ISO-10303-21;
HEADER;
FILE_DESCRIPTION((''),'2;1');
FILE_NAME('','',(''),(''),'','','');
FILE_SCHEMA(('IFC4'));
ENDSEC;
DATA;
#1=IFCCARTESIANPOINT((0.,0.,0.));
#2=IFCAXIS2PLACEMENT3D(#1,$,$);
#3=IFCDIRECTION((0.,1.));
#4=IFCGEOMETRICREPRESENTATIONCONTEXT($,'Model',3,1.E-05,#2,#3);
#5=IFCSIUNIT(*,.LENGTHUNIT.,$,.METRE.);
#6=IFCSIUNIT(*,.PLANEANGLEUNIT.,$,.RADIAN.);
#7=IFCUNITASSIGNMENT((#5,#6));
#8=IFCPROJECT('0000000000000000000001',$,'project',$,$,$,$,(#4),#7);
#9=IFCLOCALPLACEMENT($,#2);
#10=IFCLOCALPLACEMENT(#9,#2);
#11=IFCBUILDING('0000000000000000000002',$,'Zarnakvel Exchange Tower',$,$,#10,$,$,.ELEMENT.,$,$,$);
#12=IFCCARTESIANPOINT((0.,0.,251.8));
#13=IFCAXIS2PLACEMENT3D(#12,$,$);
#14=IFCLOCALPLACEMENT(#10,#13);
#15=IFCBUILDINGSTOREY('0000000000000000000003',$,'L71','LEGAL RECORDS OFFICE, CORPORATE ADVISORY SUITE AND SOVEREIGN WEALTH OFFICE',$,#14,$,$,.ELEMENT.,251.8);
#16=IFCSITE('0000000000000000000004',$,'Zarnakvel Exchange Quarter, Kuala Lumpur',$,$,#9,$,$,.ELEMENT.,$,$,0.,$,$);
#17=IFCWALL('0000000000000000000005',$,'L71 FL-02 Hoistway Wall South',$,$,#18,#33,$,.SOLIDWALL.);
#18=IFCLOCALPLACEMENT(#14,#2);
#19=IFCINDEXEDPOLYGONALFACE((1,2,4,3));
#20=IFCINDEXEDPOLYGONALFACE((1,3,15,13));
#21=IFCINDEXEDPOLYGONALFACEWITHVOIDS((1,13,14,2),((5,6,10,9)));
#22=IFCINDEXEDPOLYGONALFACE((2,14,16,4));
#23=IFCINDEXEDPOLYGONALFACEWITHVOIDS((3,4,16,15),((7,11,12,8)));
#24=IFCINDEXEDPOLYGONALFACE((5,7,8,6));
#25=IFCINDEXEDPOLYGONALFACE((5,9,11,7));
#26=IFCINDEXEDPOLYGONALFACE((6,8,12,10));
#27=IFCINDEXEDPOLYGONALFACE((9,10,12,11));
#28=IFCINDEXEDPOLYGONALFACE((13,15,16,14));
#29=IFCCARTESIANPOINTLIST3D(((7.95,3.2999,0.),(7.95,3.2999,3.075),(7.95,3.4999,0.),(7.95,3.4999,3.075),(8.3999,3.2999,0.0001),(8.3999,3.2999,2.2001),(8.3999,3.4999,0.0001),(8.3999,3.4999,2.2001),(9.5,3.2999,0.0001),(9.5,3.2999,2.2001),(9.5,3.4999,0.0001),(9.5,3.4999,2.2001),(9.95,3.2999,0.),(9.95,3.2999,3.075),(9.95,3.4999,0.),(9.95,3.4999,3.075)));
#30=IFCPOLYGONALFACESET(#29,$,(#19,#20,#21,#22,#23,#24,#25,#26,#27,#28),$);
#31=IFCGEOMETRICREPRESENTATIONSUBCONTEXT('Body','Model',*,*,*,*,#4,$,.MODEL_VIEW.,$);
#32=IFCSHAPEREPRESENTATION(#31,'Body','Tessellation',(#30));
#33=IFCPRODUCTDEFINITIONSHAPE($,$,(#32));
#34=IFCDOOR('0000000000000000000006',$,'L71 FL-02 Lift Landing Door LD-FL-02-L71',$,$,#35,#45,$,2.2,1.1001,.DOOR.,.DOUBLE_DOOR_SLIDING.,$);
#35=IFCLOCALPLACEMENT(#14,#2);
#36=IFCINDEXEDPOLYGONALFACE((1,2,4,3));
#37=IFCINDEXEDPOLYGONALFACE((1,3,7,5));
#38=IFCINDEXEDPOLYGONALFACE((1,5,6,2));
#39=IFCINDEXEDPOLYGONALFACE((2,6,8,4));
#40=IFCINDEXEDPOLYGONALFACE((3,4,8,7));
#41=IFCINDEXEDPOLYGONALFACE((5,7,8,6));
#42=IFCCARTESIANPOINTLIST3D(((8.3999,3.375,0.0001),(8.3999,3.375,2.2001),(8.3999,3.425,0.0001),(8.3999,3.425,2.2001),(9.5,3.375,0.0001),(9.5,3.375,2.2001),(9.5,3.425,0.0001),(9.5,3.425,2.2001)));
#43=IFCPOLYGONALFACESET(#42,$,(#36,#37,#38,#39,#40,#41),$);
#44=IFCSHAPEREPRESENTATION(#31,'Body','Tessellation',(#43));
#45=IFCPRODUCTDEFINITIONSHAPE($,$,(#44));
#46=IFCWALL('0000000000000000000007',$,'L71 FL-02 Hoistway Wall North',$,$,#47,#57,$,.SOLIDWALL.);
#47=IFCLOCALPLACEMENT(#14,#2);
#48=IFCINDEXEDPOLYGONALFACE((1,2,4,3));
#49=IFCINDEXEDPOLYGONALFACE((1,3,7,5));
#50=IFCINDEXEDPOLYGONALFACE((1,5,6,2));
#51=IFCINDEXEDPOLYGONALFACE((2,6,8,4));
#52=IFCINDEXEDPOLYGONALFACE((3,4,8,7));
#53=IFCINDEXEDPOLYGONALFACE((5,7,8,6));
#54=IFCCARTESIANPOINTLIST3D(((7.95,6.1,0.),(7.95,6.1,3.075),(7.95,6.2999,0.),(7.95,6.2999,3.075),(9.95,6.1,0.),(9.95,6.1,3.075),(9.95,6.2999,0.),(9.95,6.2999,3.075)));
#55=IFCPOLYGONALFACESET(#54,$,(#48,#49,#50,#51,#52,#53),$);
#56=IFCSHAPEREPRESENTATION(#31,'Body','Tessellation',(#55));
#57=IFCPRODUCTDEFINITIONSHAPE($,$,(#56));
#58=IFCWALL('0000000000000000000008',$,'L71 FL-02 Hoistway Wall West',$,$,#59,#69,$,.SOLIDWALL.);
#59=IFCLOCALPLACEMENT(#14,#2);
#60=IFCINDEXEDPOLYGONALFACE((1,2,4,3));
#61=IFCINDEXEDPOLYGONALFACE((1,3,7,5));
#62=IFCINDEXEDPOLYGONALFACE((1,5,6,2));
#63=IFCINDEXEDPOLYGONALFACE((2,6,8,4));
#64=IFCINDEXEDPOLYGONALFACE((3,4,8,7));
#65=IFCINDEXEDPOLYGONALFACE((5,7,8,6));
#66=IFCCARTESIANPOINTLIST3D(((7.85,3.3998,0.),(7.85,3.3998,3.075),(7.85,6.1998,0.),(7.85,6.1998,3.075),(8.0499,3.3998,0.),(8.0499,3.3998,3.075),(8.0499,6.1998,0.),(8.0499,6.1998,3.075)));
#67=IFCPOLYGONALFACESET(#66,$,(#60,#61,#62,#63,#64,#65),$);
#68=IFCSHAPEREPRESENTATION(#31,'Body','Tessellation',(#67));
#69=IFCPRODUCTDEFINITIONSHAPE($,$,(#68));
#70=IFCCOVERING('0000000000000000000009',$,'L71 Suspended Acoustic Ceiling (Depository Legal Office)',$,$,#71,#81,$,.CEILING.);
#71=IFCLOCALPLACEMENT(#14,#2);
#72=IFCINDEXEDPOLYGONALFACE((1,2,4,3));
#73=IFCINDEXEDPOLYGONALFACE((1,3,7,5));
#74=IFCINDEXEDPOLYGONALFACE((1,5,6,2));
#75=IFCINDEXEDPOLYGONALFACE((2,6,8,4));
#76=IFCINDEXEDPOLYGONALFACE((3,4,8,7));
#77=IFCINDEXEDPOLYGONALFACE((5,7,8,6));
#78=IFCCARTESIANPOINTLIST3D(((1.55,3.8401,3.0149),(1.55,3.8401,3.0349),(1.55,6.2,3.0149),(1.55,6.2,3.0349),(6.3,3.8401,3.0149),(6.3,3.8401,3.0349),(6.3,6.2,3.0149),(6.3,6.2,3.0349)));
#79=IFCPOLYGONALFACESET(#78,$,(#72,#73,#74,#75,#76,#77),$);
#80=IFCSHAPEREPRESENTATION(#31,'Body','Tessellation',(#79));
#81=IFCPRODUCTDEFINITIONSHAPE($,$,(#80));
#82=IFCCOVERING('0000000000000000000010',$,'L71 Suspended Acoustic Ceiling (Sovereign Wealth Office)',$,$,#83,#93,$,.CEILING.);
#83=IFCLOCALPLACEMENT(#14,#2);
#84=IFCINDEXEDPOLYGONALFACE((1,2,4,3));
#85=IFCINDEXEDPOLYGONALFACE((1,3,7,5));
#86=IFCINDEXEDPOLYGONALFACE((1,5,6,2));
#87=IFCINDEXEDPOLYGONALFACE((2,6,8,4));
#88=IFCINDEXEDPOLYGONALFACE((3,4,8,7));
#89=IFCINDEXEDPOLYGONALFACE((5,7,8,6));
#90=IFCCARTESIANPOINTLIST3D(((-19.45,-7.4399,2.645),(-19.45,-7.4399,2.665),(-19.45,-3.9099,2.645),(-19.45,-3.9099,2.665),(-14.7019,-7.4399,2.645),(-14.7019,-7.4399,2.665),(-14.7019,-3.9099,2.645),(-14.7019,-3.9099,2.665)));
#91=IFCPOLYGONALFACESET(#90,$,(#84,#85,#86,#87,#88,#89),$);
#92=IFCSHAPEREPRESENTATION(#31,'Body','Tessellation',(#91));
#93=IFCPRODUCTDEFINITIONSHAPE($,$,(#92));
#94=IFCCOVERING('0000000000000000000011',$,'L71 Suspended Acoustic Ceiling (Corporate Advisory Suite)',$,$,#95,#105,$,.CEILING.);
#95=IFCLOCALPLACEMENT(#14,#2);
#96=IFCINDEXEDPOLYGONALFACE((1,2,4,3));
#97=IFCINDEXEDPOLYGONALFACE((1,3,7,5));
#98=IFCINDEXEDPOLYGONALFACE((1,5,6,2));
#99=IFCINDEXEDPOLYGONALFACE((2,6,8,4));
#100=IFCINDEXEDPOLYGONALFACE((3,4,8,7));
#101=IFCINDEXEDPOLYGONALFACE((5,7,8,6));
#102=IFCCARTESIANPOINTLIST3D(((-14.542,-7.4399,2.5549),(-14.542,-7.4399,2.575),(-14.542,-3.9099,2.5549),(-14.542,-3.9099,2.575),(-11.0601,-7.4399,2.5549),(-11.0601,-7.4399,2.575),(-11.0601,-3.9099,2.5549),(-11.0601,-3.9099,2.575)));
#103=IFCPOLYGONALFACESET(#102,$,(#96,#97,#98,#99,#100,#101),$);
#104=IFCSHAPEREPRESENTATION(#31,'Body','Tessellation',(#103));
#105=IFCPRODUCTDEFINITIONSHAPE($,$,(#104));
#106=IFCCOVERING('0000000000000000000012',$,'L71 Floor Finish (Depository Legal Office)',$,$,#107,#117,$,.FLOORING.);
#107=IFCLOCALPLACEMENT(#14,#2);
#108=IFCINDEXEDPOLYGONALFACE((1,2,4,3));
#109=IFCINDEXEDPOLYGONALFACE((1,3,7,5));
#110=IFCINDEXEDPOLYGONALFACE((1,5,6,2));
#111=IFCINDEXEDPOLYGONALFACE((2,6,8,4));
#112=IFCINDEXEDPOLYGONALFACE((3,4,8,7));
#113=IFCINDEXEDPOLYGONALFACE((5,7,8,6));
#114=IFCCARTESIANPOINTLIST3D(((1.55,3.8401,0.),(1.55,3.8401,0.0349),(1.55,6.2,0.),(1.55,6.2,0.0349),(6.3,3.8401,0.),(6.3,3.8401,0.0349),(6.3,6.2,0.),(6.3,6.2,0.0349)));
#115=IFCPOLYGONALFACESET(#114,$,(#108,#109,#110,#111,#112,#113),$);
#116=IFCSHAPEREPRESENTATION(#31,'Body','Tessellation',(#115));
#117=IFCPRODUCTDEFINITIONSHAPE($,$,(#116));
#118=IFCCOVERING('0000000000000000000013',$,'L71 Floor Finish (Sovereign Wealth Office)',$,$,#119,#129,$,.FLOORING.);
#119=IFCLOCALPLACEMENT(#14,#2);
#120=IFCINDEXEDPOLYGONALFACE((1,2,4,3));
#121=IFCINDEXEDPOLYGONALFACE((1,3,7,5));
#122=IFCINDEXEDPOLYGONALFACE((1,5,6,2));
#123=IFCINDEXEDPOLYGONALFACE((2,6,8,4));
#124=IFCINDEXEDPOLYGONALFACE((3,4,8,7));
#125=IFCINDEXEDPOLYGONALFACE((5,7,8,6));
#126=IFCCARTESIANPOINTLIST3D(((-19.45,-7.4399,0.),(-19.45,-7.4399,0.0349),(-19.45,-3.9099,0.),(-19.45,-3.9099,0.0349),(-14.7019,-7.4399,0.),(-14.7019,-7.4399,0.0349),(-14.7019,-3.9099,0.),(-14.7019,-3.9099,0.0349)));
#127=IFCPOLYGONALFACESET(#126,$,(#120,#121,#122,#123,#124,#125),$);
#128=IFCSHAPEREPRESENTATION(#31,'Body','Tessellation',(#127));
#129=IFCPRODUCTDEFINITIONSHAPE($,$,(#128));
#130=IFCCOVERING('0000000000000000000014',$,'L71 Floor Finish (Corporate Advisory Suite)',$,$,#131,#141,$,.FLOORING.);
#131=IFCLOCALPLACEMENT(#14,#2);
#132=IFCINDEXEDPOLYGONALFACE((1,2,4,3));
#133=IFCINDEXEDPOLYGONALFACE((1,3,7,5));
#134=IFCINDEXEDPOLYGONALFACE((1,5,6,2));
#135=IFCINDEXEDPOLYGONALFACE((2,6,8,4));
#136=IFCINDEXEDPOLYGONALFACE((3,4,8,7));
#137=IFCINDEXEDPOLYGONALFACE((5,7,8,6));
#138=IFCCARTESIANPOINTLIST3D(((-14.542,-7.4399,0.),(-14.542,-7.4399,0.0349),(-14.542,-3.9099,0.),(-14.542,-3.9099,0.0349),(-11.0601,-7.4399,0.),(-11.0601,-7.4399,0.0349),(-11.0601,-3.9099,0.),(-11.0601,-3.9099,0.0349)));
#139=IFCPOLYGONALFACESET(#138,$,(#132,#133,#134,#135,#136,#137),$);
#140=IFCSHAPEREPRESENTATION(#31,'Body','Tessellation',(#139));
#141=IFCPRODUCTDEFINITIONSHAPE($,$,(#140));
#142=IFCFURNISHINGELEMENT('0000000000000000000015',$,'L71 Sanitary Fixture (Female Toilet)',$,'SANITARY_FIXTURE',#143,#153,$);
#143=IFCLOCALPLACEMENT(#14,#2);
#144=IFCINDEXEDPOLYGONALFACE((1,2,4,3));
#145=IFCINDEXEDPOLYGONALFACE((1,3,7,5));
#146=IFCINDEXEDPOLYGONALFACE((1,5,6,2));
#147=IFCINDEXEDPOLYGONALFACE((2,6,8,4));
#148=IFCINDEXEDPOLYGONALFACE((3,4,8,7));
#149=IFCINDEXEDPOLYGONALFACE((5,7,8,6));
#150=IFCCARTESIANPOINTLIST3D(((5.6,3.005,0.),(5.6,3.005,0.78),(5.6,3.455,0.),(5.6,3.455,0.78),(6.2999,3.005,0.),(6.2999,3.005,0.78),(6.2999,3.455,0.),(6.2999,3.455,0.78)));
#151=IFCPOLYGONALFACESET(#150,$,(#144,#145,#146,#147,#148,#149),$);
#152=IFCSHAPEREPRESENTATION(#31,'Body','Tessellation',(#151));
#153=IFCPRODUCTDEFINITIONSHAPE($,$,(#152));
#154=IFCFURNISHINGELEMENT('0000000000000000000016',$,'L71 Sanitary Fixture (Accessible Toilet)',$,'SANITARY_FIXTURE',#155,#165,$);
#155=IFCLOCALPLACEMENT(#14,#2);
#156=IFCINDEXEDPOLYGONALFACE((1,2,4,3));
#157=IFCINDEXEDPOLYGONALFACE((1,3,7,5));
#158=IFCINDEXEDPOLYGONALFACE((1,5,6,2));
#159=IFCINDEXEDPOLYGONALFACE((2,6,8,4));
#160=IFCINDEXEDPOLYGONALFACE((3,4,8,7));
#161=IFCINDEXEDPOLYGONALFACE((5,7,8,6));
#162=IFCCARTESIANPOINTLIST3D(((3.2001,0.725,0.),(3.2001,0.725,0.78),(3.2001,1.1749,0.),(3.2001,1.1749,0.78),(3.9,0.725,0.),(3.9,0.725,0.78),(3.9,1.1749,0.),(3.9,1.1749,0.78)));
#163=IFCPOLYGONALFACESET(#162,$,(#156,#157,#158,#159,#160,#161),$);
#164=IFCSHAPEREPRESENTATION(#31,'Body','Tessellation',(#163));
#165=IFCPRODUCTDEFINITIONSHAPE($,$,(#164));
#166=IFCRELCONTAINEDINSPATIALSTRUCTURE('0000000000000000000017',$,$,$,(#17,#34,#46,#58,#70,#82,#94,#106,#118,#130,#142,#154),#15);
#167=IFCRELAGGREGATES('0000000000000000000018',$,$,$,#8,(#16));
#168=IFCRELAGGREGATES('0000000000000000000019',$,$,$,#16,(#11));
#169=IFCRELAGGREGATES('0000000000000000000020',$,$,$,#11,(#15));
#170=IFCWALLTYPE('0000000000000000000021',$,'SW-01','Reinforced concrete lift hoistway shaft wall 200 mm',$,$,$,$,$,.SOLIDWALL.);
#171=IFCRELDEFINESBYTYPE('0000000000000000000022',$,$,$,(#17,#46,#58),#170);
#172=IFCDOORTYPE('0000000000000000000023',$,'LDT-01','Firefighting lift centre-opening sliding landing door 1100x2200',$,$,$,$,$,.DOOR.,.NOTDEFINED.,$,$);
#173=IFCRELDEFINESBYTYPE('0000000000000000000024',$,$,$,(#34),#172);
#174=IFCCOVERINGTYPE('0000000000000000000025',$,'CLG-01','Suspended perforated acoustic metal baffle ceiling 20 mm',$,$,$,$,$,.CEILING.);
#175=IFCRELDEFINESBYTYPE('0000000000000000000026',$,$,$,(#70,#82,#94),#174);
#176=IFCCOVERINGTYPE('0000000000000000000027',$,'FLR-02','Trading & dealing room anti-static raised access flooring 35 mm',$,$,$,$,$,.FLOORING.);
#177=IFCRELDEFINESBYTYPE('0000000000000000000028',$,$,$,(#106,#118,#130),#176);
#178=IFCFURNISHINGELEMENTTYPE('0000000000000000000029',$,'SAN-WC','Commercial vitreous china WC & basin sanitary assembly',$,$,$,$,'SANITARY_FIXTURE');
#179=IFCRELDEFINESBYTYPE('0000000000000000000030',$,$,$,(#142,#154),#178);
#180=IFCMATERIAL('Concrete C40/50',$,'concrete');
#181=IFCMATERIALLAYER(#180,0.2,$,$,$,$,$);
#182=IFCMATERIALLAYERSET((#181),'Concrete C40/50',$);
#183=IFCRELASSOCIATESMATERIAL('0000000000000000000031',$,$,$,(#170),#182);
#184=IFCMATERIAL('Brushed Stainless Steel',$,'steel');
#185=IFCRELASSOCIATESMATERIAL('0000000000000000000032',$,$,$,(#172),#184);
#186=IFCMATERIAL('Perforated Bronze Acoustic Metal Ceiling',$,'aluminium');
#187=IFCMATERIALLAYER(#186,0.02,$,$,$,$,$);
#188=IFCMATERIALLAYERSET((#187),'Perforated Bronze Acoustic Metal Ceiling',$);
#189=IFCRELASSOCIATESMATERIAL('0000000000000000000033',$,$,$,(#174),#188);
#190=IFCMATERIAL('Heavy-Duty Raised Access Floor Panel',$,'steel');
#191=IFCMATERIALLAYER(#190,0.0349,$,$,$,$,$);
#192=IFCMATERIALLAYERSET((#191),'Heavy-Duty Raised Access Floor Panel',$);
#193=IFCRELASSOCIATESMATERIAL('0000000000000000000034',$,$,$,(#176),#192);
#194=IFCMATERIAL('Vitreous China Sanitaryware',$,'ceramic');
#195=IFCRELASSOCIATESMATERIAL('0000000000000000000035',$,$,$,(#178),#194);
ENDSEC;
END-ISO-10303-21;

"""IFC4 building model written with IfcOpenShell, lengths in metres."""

from ifc_helpers import new_model, si_unit, direction, frame, frame_2d, origin, origin_2d, place, context, subcontext, project, spatial, polyline, rectangle, outline, extrude, source, transform, mapped, material, layer, layer_set, type_object, element, fill, save


model = new_model("IFC4")

# Units and contexts
model_context = context("Model", 3, precision=1e-05, world=origin(), true_north=direction((0.0, 1.0)))
body_context = subcontext(model_context, "Body", "Model", "MODEL_VIEW")
ifc_project = project(units=[si_unit("LENGTHUNIT", "METRE"), si_unit("PLANEANGLEUNIT", "RADIAN")], contexts=[model_context])

# Site, building, storey
site_placement = place(None, origin())
site = spatial("IfcSite", under=ifc_project, at=site_placement, Name="Zarnakvel Exchange Quarter, Kuala Lumpur", CompositionType="ELEMENT", RefElevation=0.0)
building_placement = place(site_placement, origin())
building = spatial("IfcBuilding", under=site, at=building_placement, Name="Zarnakvel Exchange Tower", CompositionType="ELEMENT")
storey_placement = place(building_placement, frame((0.0, 0.0, 251.8)))
storey = spatial("IfcBuildingStorey", under=building, at=storey_placement, Name="L71", Description="LEGAL RECORDS OFFICE, CORPORATE ADVISORY SUITE AND SOVEREIGN WEALTH OFFICE", CompositionType="ELEMENT", Elevation=251.8)

# Wall, opening, door
ifc_material_1 = material(Name="Concrete C40/50", Category="concrete")
ifc_layer_1 = layer(ifc_material_1, 0.2)
ifc_layer_set_1 = layer_set([ifc_layer_1], Name="Concrete C40/50")
wall_type_1 = type_object("IfcWallType", Name="SW-01", Description="Reinforced concrete lift hoistway shaft wall 200 mm", PredefinedType="SOLIDWALL", material=ifc_layer_set_1)
wall_1_placement = place(storey_placement, frame((9.95, 3.3999, 0.0), z_axis=(0.0, 0.0, 1.0), x_axis=(-1.0, 0.0, 0.0)))
wall_1 = element("IfcWall", 1, at=wall_1_placement, inside=storey, type_object=wall_type_1, Name="L71 FL-02 Hoistway Wall South", PredefinedType="SOLIDWALL", context=body_context, shape_type="SweptSolid", body=[
    extrude(rectangle(XDim=2.0, YDim=0.2, at=frame_2d((1.0, 0.0))), origin(), (0.0, 0.0, 1.0), 3.075),
])
opening_1_placement = place(wall_1_placement, frame((0.45, 0.0, 0.0)))
opening_1 = element("IfcOpeningElement", 2, at=opening_1_placement, cuts=wall_1, PredefinedType="OPENING", context=body_context, shape_type="SweptSolid", body=[
    extrude(rectangle(XDim=1.1001, YDim=2.2, at=frame_2d((0.55, 1.1001))), frame((0.0, 0.1099, 0.0), z_axis=(0.0, -1.0, 0.0), x_axis=(1.0, 0.0, 0.0)), (0.0, 0.0, 1.0), 0.22),
])
ifc_material_2 = material(Name="Brushed Stainless Steel", Category="steel")
door_type_1 = type_object("IfcDoorType", Name="LDT-01", Description="Firefighting lift centre-opening sliding landing door 1100x2200", OperationType="NOTDEFINED", PredefinedType="DOOR", material=ifc_material_2)
shared_shape_1 = source(origin(), body_context, "Body", "SweptSolid", [
    extrude(rectangle(XDim=1.1001, YDim=2.2, at=frame_2d((0.55, 1.1001))), frame((0.0, 0.0249, 0.0), z_axis=(0.0, -1.0, 0.0), x_axis=(1.0, 0.0, 0.0)), (0.0, 0.0, 1.0), 0.05),
])
door_1_placement = place(opening_1_placement, origin())
door_1 = element("IfcDoor", 3, at=door_1_placement, inside=storey, type_object=door_type_1, Name="L71 FL-02 Lift Landing Door LD-FL-02-L71", OperationType="DOUBLE_DOOR_SLIDING", OverallHeight=2.2, OverallWidth=1.1001, PredefinedType="DOOR", context=body_context, shape_type="MappedRepresentation", body=[
    mapped(shared_shape_1, transform((0.0, 0.0, 0.0), x_axis=(1.0, 0.0, 0.0), y_axis=(0.0, 1.0, 0.0), z_axis=(0.0, 0.0, 1.0), scale=1.0)),
])
fill(opening_1, door_1)

# Walls
wall_2_placement = place(storey_placement, frame((7.95, 6.2, 0.0), z_axis=(0.0, 0.0, 1.0), x_axis=(1.0, 0.0, 0.0)))
element("IfcWall", 4, at=wall_2_placement, inside=storey, type_object=wall_type_1, Name="L71 FL-02 Hoistway Wall North", PredefinedType="SOLIDWALL", context=body_context, shape_type="SweptSolid", body=[
    extrude(rectangle(XDim=2.0, YDim=0.2, at=frame_2d((1.0, 0.0))), origin(), (0.0, 0.0, 1.0), 3.075),
])
wall_3_placement = place(storey_placement, frame((7.95, 3.3999, 0.0), z_axis=(0.0, 0.0, 1.0), x_axis=(0.0, 1.0, 0.0)))
element("IfcWall", 5, at=wall_3_placement, inside=storey, type_object=wall_type_1, Name="L71 FL-02 Hoistway Wall West", PredefinedType="SOLIDWALL", context=body_context, shape_type="SweptSolid", body=[
    extrude(rectangle(XDim=2.8, YDim=0.2, at=frame_2d((1.3999, 0.0))), origin(), (0.0, 0.0, 1.0), 3.075),
])

# Coverings
ifc_material_3 = material(Name="Perforated Bronze Acoustic Metal Ceiling", Category="aluminium")
ifc_layer_2 = layer(ifc_material_3, 0.02)
ifc_layer_set_2 = layer_set([ifc_layer_2], Name="Perforated Bronze Acoustic Metal Ceiling")
covering_type_1 = type_object("IfcCoveringType", Name="CLG-01", Description="Suspended perforated acoustic metal baffle ceiling 20 mm", PredefinedType="CEILING", material=ifc_layer_set_2)
covering_1_placement = place(storey_placement, frame((0.0, 0.0, 3.0149)))
element("IfcCovering", 6, at=covering_1_placement, inside=storey, type_object=covering_type_1, Name="L71 Suspended Acoustic Ceiling (Depository Legal Office)", PredefinedType="CEILING", context=body_context, shape_type="SweptSolid", body=[
    extrude(outline(polyline([(1.55, 6.2), (6.3, 6.2), (6.3, 3.8401), (1.55, 3.8401), (1.55, 6.2)])), origin(), (0.0, 0.0, 1.0), 0.02),
])
covering_2_placement = place(storey_placement, frame((0.0, 0.0, 2.645)))
element("IfcCovering", 7, at=covering_2_placement, inside=storey, type_object=covering_type_1, Name="L71 Suspended Acoustic Ceiling (Sovereign Wealth Office)", PredefinedType="CEILING", context=body_context, shape_type="SweptSolid", body=[
    extrude(outline(polyline([(-19.45, -3.9099), (-14.7019, -3.9099), (-14.7019, -7.4399), (-19.45, -7.4399), (-19.45, -3.9099)])), origin(), (0.0, 0.0, 1.0), 0.02),
])
covering_3_placement = place(storey_placement, frame((0.0, 0.0, 2.5549)))
element("IfcCovering", 8, at=covering_3_placement, inside=storey, type_object=covering_type_1, Name="L71 Suspended Acoustic Ceiling (Corporate Advisory Suite)", PredefinedType="CEILING", context=body_context, shape_type="SweptSolid", body=[
    extrude(outline(polyline([(-14.542, -3.9099), (-11.0601, -3.9099), (-11.0601, -7.4399), (-14.542, -7.4399), (-14.542, -3.9099)])), origin(), (0.0, 0.0, 1.0), 0.02),
])
ifc_material_4 = material(Name="Heavy-Duty Raised Access Floor Panel", Category="steel")
ifc_layer_3 = layer(ifc_material_4, 0.0349)
ifc_layer_set_3 = layer_set([ifc_layer_3], Name="Heavy-Duty Raised Access Floor Panel")
covering_type_2 = type_object("IfcCoveringType", Name="FLR-02", Description="Trading & dealing room anti-static raised access flooring 35 mm", PredefinedType="FLOORING", material=ifc_layer_set_3)
covering_4_placement = place(storey_placement, origin())
element("IfcCovering", 9, at=covering_4_placement, inside=storey, type_object=covering_type_2, Name="L71 Floor Finish (Depository Legal Office)", PredefinedType="FLOORING", context=body_context, shape_type="SweptSolid", body=[
    extrude(outline(polyline([(1.55, 6.2), (6.3, 6.2), (6.3, 3.8401), (1.55, 3.8401), (1.55, 6.2)])), origin(), (0.0, 0.0, 1.0), 0.0349),
])
covering_5_placement = place(storey_placement, origin())
element("IfcCovering", 10, at=covering_5_placement, inside=storey, type_object=covering_type_2, Name="L71 Floor Finish (Sovereign Wealth Office)", PredefinedType="FLOORING", context=body_context, shape_type="SweptSolid", body=[
    extrude(outline(polyline([(-19.45, -3.9099), (-14.7019, -3.9099), (-14.7019, -7.4399), (-19.45, -7.4399), (-19.45, -3.9099)])), origin(), (0.0, 0.0, 1.0), 0.0349),
])
covering_6_placement = place(storey_placement, origin())
element("IfcCovering", 11, at=covering_6_placement, inside=storey, type_object=covering_type_2, Name="L71 Floor Finish (Corporate Advisory Suite)", PredefinedType="FLOORING", context=body_context, shape_type="SweptSolid", body=[
    extrude(outline(polyline([(-14.542, -3.9099), (-11.0601, -3.9099), (-11.0601, -7.4399), (-14.542, -7.4399), (-14.542, -3.9099)])), origin(), (0.0, 0.0, 1.0), 0.0349),
])

# Furnishing elements
ifc_material_5 = material(Name="Vitreous China Sanitaryware", Category="ceramic")
furnishing_element_type = type_object("IfcFurnishingElementType", Name="SAN-WC", Description="Commercial vitreous china WC & basin sanitary assembly", ElementType="SANITARY_FIXTURE", material=ifc_material_5)
shared_shape_2 = source(origin(), body_context, "Body", "SweptSolid", [
    extrude(rectangle(XDim=0.7, YDim=0.45, at=origin_2d()), origin(), (0.0, 0.0, 1.0), 0.78),
])
for number, where, z_axis, x_axis, name in (
    (12, (5.95, 3.23, 0.0), (0.0, 0.0, 1.0), (1.0, 0.0, 0.0), "L71 Sanitary Fixture (Female Toilet)"),
    (13, (3.55, 0.95, 0.0), (0.0, 0.0, 1.0), (1.0, 0.0, 0.0), "L71 Sanitary Fixture (Accessible Toilet)"),
):
    element("IfcFurnishingElement", number, at=place(storey_placement, frame(where, z_axis=z_axis, x_axis=x_axis)), inside=storey, type_object=furnishing_element_type, Name=name, ObjectType="SANITARY_FIXTURE", context=body_context, shape_type="MappedRepresentation", body=[
        mapped(shared_shape_2, transform((0.0, 0.0, 0.0), x_axis=(1.0, 0.0, 0.0), y_axis=(0.0, 1.0, 0.0), z_axis=(0.0, 0.0, 1.0), scale=1.0)),
    ])

save(model, "model.ifc")
